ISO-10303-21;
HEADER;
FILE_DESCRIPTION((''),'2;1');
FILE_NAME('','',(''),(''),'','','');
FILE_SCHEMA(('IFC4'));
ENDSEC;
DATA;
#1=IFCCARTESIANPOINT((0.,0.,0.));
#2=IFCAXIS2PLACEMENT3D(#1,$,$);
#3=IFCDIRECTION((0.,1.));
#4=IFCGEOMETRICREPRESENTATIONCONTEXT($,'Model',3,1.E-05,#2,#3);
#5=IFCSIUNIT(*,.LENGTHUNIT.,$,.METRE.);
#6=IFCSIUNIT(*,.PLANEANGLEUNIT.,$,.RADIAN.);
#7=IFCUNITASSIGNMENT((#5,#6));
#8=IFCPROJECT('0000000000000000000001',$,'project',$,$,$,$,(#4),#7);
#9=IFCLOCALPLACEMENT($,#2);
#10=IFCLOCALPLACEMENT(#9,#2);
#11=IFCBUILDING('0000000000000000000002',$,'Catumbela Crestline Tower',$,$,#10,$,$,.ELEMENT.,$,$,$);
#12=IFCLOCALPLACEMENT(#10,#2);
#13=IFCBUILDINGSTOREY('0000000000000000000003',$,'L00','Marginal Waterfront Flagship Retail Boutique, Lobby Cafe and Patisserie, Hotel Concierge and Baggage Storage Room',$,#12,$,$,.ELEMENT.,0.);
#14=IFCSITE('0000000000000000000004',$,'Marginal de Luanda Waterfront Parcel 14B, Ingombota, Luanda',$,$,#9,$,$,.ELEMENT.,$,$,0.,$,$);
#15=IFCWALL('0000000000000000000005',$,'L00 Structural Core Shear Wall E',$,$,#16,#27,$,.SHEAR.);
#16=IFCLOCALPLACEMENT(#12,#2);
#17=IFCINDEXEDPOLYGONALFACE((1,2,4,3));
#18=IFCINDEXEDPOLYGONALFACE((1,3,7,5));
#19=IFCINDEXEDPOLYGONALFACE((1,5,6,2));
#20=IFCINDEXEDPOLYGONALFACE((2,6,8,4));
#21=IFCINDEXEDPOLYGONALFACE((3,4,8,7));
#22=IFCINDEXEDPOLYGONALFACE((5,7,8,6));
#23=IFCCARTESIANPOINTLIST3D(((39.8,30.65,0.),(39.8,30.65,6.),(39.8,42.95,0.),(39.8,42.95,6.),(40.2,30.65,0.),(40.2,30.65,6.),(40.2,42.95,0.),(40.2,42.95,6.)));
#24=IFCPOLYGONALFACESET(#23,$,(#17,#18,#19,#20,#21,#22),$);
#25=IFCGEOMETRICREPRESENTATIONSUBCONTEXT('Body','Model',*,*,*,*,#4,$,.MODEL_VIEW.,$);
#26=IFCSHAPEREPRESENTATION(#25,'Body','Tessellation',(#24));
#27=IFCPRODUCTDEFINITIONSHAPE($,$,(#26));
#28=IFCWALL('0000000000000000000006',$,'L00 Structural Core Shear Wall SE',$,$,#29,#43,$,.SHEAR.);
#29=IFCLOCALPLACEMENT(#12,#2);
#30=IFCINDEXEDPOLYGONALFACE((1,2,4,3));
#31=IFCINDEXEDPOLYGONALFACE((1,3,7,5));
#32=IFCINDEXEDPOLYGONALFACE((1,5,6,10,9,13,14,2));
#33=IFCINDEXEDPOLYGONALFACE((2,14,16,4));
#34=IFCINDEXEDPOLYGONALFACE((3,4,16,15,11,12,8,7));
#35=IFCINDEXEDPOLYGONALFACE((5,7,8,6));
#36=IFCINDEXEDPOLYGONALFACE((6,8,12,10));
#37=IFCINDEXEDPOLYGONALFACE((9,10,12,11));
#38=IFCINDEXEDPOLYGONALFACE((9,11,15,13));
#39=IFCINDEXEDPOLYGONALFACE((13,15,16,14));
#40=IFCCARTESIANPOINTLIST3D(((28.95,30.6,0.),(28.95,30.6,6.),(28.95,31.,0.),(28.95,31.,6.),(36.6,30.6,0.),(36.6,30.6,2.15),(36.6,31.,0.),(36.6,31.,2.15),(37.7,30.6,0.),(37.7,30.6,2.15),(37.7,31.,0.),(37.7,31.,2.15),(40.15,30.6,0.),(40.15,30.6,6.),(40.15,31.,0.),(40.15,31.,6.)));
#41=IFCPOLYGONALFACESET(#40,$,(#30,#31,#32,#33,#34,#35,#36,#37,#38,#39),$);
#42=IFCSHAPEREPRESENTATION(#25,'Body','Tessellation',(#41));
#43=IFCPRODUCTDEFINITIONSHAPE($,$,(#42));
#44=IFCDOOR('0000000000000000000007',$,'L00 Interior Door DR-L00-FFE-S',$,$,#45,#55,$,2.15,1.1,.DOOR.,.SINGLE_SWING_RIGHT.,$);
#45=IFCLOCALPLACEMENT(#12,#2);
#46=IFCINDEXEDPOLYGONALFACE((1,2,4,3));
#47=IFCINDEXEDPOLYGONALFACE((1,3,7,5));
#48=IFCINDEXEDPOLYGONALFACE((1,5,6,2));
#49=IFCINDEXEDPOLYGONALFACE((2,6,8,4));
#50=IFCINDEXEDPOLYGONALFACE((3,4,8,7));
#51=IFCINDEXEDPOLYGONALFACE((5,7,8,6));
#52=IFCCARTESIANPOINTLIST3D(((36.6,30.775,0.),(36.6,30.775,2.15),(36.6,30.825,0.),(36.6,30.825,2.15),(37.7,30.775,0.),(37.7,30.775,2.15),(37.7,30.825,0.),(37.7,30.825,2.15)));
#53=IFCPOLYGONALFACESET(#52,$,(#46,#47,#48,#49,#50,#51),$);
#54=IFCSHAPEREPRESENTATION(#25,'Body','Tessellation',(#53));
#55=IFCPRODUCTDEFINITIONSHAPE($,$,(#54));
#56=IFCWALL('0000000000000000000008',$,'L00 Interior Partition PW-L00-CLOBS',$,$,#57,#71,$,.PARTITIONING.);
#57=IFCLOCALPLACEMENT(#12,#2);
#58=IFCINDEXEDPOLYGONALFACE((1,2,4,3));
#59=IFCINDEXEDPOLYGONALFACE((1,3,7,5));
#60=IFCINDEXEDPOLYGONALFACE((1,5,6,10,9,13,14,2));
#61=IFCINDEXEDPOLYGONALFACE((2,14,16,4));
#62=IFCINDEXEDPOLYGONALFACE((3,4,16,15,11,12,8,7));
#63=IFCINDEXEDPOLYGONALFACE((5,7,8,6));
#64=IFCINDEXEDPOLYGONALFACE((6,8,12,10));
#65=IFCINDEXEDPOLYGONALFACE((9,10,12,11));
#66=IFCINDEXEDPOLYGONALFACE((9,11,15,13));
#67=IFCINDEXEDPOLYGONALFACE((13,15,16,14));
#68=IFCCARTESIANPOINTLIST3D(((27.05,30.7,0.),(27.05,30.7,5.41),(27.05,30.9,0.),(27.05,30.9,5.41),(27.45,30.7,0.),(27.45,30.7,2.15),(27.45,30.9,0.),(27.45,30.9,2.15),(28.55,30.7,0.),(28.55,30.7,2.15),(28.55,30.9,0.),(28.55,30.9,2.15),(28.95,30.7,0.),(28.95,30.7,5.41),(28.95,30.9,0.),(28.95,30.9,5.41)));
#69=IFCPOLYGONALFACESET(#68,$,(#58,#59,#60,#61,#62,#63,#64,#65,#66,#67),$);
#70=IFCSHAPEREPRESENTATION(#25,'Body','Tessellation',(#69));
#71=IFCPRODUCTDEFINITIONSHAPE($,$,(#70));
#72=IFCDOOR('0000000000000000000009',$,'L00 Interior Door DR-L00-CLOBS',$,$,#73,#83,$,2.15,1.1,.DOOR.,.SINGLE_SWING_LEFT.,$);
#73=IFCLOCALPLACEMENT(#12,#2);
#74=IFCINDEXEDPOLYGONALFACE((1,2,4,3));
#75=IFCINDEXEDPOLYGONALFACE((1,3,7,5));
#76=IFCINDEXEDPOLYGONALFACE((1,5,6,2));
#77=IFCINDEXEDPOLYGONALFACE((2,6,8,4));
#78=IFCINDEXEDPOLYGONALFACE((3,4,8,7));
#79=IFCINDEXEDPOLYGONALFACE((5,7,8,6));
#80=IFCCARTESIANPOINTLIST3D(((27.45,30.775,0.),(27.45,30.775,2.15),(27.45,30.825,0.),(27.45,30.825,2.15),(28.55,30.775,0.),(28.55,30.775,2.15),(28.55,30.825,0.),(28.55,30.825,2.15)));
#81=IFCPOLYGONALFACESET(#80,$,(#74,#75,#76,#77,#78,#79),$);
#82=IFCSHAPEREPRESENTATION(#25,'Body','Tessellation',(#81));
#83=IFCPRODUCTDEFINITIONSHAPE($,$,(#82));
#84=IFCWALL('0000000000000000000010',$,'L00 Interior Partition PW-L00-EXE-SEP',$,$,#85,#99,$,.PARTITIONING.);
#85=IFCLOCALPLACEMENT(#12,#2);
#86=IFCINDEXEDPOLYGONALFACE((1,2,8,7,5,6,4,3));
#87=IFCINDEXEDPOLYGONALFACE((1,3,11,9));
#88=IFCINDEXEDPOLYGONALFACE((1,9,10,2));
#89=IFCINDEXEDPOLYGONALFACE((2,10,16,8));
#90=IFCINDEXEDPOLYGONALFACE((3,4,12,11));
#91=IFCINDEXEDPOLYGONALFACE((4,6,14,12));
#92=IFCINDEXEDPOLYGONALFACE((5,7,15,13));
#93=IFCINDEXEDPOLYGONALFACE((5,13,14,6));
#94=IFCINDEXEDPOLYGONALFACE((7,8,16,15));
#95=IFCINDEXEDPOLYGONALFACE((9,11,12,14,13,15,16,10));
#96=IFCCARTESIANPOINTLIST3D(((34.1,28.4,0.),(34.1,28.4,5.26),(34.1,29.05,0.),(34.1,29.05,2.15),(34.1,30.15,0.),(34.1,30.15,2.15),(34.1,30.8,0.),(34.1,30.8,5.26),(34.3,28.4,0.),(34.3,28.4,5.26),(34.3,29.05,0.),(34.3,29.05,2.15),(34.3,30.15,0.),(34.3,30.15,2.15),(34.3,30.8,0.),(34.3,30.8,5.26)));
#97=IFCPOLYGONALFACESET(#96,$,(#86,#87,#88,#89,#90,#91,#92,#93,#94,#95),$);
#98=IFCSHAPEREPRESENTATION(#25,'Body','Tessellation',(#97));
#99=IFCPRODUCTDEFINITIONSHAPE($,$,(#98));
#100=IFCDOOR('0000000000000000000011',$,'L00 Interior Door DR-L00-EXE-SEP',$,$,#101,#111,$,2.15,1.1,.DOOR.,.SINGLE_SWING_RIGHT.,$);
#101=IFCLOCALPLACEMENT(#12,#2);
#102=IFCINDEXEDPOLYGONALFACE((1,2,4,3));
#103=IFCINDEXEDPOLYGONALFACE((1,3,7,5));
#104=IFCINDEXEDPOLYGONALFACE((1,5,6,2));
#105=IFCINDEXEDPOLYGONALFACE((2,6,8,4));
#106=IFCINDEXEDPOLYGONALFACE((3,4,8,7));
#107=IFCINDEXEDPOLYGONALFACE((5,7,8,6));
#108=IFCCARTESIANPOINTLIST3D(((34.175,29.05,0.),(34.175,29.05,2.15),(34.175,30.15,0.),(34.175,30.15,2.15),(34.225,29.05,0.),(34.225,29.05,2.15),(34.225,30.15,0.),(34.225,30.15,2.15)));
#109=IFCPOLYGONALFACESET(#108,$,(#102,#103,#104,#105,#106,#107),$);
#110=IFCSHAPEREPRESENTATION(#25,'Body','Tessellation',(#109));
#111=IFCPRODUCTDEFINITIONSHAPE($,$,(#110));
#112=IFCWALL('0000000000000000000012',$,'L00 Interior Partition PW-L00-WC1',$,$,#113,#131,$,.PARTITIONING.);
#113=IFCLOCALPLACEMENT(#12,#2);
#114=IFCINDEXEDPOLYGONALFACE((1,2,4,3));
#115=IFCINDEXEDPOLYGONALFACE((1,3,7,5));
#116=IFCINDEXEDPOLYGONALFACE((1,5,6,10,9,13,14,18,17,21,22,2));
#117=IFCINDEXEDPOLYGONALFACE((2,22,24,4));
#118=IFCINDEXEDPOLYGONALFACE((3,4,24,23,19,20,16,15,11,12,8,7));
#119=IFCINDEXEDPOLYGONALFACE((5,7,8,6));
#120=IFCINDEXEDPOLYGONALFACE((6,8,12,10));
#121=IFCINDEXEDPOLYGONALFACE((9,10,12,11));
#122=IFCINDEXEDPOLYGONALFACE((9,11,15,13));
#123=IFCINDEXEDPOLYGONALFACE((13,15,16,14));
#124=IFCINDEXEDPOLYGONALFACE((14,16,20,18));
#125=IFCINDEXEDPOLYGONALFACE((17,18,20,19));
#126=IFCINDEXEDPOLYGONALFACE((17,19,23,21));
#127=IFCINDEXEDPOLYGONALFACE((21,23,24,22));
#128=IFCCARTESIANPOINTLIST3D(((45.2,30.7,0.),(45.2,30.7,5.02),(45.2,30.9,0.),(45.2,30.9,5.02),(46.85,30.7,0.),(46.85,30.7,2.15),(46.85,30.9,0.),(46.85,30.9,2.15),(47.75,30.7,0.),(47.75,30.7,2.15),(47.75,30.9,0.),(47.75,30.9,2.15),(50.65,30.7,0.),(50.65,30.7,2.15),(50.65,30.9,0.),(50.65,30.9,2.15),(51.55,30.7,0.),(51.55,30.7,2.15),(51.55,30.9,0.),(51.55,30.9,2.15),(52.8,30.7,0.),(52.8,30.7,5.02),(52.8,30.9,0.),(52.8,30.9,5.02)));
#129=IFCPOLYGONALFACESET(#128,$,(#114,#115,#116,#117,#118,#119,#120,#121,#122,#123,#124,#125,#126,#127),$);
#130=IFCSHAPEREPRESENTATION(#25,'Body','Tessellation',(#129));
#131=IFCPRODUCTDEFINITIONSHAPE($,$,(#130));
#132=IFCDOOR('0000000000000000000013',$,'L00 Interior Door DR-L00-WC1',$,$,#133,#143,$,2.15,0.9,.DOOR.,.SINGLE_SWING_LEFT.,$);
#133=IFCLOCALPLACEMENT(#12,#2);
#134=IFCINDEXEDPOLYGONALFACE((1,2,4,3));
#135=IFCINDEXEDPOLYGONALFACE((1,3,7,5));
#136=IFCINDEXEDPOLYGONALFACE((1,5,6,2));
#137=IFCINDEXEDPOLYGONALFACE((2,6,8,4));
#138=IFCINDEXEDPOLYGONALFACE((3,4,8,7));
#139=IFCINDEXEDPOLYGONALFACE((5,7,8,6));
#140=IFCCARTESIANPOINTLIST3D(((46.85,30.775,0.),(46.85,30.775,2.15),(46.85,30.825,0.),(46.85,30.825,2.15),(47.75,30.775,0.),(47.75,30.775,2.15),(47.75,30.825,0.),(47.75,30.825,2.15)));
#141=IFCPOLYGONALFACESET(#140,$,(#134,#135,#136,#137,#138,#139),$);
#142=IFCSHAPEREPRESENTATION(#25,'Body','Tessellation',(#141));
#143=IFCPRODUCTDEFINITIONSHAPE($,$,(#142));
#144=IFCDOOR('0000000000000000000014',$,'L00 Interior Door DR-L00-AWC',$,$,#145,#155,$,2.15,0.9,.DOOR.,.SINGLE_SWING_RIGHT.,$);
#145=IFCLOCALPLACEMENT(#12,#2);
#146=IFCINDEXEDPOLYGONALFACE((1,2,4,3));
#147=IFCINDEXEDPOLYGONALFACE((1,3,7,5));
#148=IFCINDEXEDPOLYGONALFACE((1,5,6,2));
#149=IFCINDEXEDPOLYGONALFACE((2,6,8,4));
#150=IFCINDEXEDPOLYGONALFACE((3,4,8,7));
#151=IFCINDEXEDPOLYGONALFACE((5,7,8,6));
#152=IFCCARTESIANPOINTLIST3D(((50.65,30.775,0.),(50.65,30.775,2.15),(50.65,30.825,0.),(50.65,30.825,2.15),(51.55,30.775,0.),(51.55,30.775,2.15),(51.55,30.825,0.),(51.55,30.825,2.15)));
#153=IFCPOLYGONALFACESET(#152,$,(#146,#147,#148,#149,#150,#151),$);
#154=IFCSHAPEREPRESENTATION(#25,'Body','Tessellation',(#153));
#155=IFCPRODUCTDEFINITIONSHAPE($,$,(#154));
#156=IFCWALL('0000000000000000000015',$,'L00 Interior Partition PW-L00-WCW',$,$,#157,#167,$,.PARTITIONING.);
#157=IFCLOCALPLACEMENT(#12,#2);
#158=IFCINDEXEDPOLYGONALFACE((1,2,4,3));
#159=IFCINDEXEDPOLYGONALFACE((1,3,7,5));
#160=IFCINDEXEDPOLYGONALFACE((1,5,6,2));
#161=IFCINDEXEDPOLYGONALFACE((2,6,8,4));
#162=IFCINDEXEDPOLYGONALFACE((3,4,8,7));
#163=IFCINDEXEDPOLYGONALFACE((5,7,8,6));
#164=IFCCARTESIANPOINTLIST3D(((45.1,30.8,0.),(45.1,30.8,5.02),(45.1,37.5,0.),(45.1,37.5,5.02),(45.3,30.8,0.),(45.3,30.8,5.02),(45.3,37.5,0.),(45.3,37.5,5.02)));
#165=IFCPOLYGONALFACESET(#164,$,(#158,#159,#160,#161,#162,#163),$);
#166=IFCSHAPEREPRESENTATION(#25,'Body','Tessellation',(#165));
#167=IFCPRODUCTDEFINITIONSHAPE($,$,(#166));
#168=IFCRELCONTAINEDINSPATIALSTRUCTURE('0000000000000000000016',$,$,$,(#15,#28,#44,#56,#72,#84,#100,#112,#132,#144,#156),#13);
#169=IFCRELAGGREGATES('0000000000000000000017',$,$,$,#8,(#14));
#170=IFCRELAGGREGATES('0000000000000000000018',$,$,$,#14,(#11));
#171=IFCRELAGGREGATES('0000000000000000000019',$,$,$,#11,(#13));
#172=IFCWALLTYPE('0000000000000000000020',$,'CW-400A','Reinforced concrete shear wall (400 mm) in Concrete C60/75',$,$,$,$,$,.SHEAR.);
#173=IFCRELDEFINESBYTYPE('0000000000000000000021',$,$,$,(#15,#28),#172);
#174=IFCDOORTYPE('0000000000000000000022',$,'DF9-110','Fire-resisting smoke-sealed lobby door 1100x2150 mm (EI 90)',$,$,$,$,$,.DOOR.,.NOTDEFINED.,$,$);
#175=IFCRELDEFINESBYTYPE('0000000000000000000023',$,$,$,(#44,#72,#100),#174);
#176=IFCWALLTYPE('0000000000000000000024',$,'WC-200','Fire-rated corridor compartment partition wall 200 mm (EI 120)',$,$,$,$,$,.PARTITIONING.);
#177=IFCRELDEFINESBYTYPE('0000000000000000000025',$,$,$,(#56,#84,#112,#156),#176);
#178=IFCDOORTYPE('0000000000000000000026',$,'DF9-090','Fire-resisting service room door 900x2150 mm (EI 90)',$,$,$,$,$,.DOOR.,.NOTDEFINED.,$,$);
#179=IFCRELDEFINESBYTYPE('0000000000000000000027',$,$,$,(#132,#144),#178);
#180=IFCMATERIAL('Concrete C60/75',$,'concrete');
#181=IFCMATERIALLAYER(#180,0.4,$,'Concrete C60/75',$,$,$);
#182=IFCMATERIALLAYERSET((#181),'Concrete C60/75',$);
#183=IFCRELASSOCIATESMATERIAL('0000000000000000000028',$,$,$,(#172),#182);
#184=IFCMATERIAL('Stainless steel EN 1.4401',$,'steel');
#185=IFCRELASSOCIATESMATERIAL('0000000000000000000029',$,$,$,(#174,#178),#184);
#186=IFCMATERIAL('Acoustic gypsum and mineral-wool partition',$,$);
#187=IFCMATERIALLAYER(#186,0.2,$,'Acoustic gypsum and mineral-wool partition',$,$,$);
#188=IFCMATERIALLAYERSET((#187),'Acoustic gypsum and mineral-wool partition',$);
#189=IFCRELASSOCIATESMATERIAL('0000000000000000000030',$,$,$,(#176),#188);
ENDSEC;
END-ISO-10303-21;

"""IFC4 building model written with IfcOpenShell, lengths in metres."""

from ifc_helpers import new_model, si_unit, direction, frame, frame_2d, origin, place, context, subcontext, project, spatial, rectangle, extrude, material, layer, layer_set, type_object, element, fill, save


model = new_model("IFC4")

# Units and contexts
model_context = context("Model", 3, precision=1e-05, world=origin(), true_north=direction((0.0, 1.0)))
body_context = subcontext(model_context, "Body", "Model", "MODEL_VIEW")
ifc_project = project(units=[si_unit("LENGTHUNIT", "METRE"), si_unit("PLANEANGLEUNIT", "RADIAN")], contexts=[model_context])

# Site, building, storey
site_placement = place(None, origin())
site = spatial("IfcSite", under=ifc_project, at=site_placement, Name="Marginal de Luanda Waterfront Parcel 14B, Ingombota, Luanda", CompositionType="ELEMENT", RefElevation=0.0)
building_placement = place(site_placement, origin())
building = spatial("IfcBuilding", under=site, at=building_placement, Name="Catumbela Crestline Tower", CompositionType="ELEMENT")
storey_placement = place(building_placement, origin())
storey = spatial("IfcBuildingStorey", under=building, at=storey_placement, Name="L00", Description="Marginal Waterfront Flagship Retail Boutique, Lobby Cafe and Patisserie, Hotel Concierge and Baggage Storage Room", CompositionType="ELEMENT", Elevation=0.0)

# Shared definitions
ifc_material_1 = material(Name="Concrete C60/75", Category="concrete")

# Wall
ifc_layer_1 = layer(ifc_material_1, 0.4, Name="Concrete C60/75")
ifc_layer_set_1 = layer_set([ifc_layer_1], Name="Concrete C60/75")
wall_type_1 = type_object("IfcWallType", Name="CW-400A", Description="Reinforced concrete shear wall (400 mm) in Concrete C60/75", PredefinedType="SHEAR", material=ifc_layer_set_1)
wall_1_placement = place(storey_placement, frame((40.0, 30.65, 0.0), z_axis=(0.0, 0.0, 1.0), x_axis=(0.0, 1.0, 0.0)))
element("IfcWall", 1, at=wall_1_placement, inside=storey, type_object=wall_type_1, Name="L00 Structural Core Shear Wall E", PredefinedType="SHEAR", context=body_context, shape_type="SweptSolid", body=[
    extrude(rectangle(XDim=12.3, YDim=0.4, at=frame_2d((6.15, 0.0))), origin(), (0.0, 0.0, 1.0), 6.0),
])

# Walls, openings, doors
wall_2_placement = place(storey_placement, frame((28.95, 30.8, 0.0), z_axis=(0.0, 0.0, 1.0), x_axis=(1.0, 0.0, 0.0)))
wall_2 = element("IfcWall", 2, at=wall_2_placement, inside=storey, type_object=wall_type_1, Name="L00 Structural Core Shear Wall SE", PredefinedType="SHEAR", context=body_context, shape_type="SweptSolid", body=[
    extrude(rectangle(XDim=11.2, YDim=0.4, at=frame_2d((5.6, 0.0))), origin(), (0.0, 0.0, 1.0), 6.0),
])
opening_1_placement = place(wall_2_placement, frame((7.65, 0.0, 0.0)))
opening_1 = element("IfcOpeningElement", 3, at=opening_1_placement, cuts=wall_2, PredefinedType="OPENING", context=body_context, shape_type="SweptSolid", body=[
    extrude(rectangle(XDim=1.1, YDim=2.15, at=frame_2d((0.55, 1.075))), frame((0.0, 0.21, 0.0), z_axis=(0.0, -1.0, 0.0), x_axis=(1.0, 0.0, 0.0)), (0.0, 0.0, 1.0), 0.42),
])
ifc_material_2 = material(Name="Stainless steel EN 1.4401", Category="steel")
door_type_1 = type_object("IfcDoorType", Name="DF9-110", Description="Fire-resisting smoke-sealed lobby door 1100x2150 mm (EI 90)", OperationType="NOTDEFINED", PredefinedType="DOOR", material=ifc_material_2)
door_1_placement = place(opening_1_placement, origin())
door_1 = element("IfcDoor", 4, at=door_1_placement, inside=storey, type_object=door_type_1, Name="L00 Interior Door DR-L00-FFE-S", OperationType="SINGLE_SWING_RIGHT", OverallHeight=2.15, OverallWidth=1.1, PredefinedType="DOOR", context=body_context, shape_type="SweptSolid", body=[
    extrude(rectangle(XDim=1.1, YDim=2.15, at=frame_2d((0.55, 1.075))), frame((0.0, 0.025, 0.0), z_axis=(0.0, -1.0, 0.0), x_axis=(1.0, 0.0, 0.0)), (0.0, 0.0, 1.0), 0.05),
])
fill(opening_1, door_1)
ifc_material_3 = material(Name="Acoustic gypsum and mineral-wool partition")
ifc_layer_2 = layer(ifc_material_3, 0.2, Name="Acoustic gypsum and mineral-wool partition")
ifc_layer_set_2 = layer_set([ifc_layer_2], Name="Acoustic gypsum and mineral-wool partition")
wall_type_2 = type_object("IfcWallType", Name="WC-200", Description="Fire-rated corridor compartment partition wall 200 mm (EI 120)", PredefinedType="PARTITIONING", material=ifc_layer_set_2)
wall_3_placement = place(storey_placement, frame((27.05, 30.8, 0.0), z_axis=(0.0, 0.0, 1.0), x_axis=(1.0, 0.0, 0.0)))
wall_3 = element("IfcWall", 5, at=wall_3_placement, inside=storey, type_object=wall_type_2, Name="L00 Interior Partition PW-L00-CLOBS", PredefinedType="PARTITIONING", context=body_context, shape_type="SweptSolid", body=[
    extrude(rectangle(XDim=1.9, YDim=0.2, at=frame_2d((0.95, 0.0))), origin(), (0.0, 0.0, 1.0), 5.41),
])
opening_2_placement = place(wall_3_placement, frame((0.4, 0.0, 0.0)))
opening_2 = element("IfcOpeningElement", 6, at=opening_2_placement, cuts=wall_3, PredefinedType="OPENING", context=body_context, shape_type="SweptSolid", body=[
    extrude(rectangle(XDim=1.1, YDim=2.15, at=frame_2d((0.55, 1.075))), frame((0.0, 0.11, 0.0), z_axis=(0.0, -1.0, 0.0), x_axis=(1.0, 0.0, 0.0)), (0.0, 0.0, 1.0), 0.22),
])
door_2_placement = place(opening_2_placement, origin())
door_2 = element("IfcDoor", 7, at=door_2_placement, inside=storey, type_object=door_type_1, Name="L00 Interior Door DR-L00-CLOBS", OperationType="SINGLE_SWING_LEFT", OverallHeight=2.15, OverallWidth=1.1, PredefinedType="DOOR", context=body_context, shape_type="SweptSolid", body=[
    extrude(rectangle(XDim=1.1, YDim=2.15, at=frame_2d((0.55, 1.075))), frame((0.0, 0.025, 0.0), z_axis=(0.0, -1.0, 0.0), x_axis=(1.0, 0.0, 0.0)), (0.0, 0.0, 1.0), 0.05),
])
fill(opening_2, door_2)
wall_4_placement = place(storey_placement, frame((34.2, 28.4, 0.0), z_axis=(0.0, 0.0, 1.0), x_axis=(0.0, 1.0, 0.0)))
wall_4 = element("IfcWall", 8, at=wall_4_placement, inside=storey, type_object=wall_type_2, Name="L00 Interior Partition PW-L00-EXE-SEP", PredefinedType="PARTITIONING", context=body_context, shape_type="SweptSolid", body=[
    extrude(rectangle(XDim=2.4, YDim=0.2, at=frame_2d((1.2, 0.0))), origin(), (0.0, 0.0, 1.0), 5.26),
])
opening_3_placement = place(wall_4_placement, frame((0.65, 0.0, 0.0)))
opening_3 = element("IfcOpeningElement", 9, at=opening_3_placement, cuts=wall_4, PredefinedType="OPENING", context=body_context, shape_type="SweptSolid", body=[
    extrude(rectangle(XDim=1.1, YDim=2.15, at=frame_2d((0.55, 1.075))), frame((0.0, 0.11, 0.0), z_axis=(0.0, -1.0, 0.0), x_axis=(1.0, 0.0, 0.0)), (0.0, 0.0, 1.0), 0.22),
])
door_3_placement = place(opening_3_placement, origin())
door_3 = element("IfcDoor", 10, at=door_3_placement, inside=storey, type_object=door_type_1, Name="L00 Interior Door DR-L00-EXE-SEP", OperationType="SINGLE_SWING_RIGHT", OverallHeight=2.15, OverallWidth=1.1, PredefinedType="DOOR", context=body_context, shape_type="SweptSolid", body=[
    extrude(rectangle(XDim=1.1, YDim=2.15, at=frame_2d((0.55, 1.075))), frame((0.0, 0.025, 0.0), z_axis=(0.0, -1.0, 0.0), x_axis=(1.0, 0.0, 0.0)), (0.0, 0.0, 1.0), 0.05),
])
fill(opening_3, door_3)

# Wall, openings, doors
wall_5_placement = place(storey_placement, frame((45.2, 30.8, 0.0), z_axis=(0.0, 0.0, 1.0), x_axis=(1.0, 0.0, 0.0)))
wall_5 = element("IfcWall", 11, at=wall_5_placement, inside=storey, type_object=wall_type_2, Name="L00 Interior Partition PW-L00-WC1", PredefinedType="PARTITIONING", context=body_context, shape_type="SweptSolid", body=[
    extrude(rectangle(XDim=7.6, YDim=0.2, at=frame_2d((3.8, 0.0))), origin(), (0.0, 0.0, 1.0), 5.02),
])
opening_4_placement = place(wall_5_placement, frame((1.65, 0.0, 0.0)))
opening_4 = element("IfcOpeningElement", 12, at=opening_4_placement, cuts=wall_5, PredefinedType="OPENING", context=body_context, shape_type="SweptSolid", body=[
    extrude(rectangle(XDim=0.9, YDim=2.15, at=frame_2d((0.45, 1.075))), frame((0.0, 0.11, 0.0), z_axis=(0.0, -1.0, 0.0), x_axis=(1.0, 0.0, 0.0)), (0.0, 0.0, 1.0), 0.22),
])
opening_5_placement = place(wall_5_placement, frame((5.45, 0.0, 0.0)))
opening_5 = element("IfcOpeningElement", 13, at=opening_5_placement, cuts=wall_5, PredefinedType="OPENING", context=body_context, shape_type="SweptSolid", body=[
    extrude(rectangle(XDim=0.9, YDim=2.15, at=frame_2d((0.45, 1.075))), frame((0.0, 0.11, 0.0), z_axis=(0.0, -1.0, 0.0), x_axis=(1.0, 0.0, 0.0)), (0.0, 0.0, 1.0), 0.22),
])
door_type_2 = type_object("IfcDoorType", Name="DF9-090", Description="Fire-resisting service room door 900x2150 mm (EI 90)", OperationType="NOTDEFINED", PredefinedType="DOOR", material=ifc_material_2)
door_4_placement = place(opening_4_placement, origin())
door_4 = element("IfcDoor", 14, at=door_4_placement, inside=storey, type_object=door_type_2, Name="L00 Interior Door DR-L00-WC1", OperationType="SINGLE_SWING_LEFT", OverallHeight=2.15, OverallWidth=0.9, PredefinedType="DOOR", context=body_context, shape_type="SweptSolid", body=[
    extrude(rectangle(XDim=0.9, YDim=2.15, at=frame_2d((0.45, 1.075))), frame((0.0, 0.025, 0.0), z_axis=(0.0, -1.0, 0.0), x_axis=(1.0, 0.0, 0.0)), (0.0, 0.0, 1.0), 0.05),
])
fill(opening_4, door_4)
door_5_placement = place(opening_5_placement, origin())
door_5 = element("IfcDoor", 15, at=door_5_placement, inside=storey, type_object=door_type_2, Name="L00 Interior Door DR-L00-AWC", OperationType="SINGLE_SWING_RIGHT", OverallHeight=2.15, OverallWidth=0.9, PredefinedType="DOOR", context=body_context, shape_type="SweptSolid", body=[
    extrude(rectangle(XDim=0.9, YDim=2.15, at=frame_2d((0.45, 1.075))), frame((0.0, 0.025, 0.0), z_axis=(0.0, -1.0, 0.0), x_axis=(1.0, 0.0, 0.0)), (0.0, 0.0, 1.0), 0.05),
])
fill(opening_5, door_5)

# Wall
wall_6_placement = place(storey_placement, frame((45.2, 30.8, 0.0), z_axis=(0.0, 0.0, 1.0), x_axis=(0.0, 1.0, 0.0)))
element("IfcWall", 16, at=wall_6_placement, inside=storey, type_object=wall_type_2, Name="L00 Interior Partition PW-L00-WCW", PredefinedType="PARTITIONING", context=body_context, shape_type="SweptSolid", body=[
    extrude(rectangle(XDim=6.7, YDim=0.2, at=frame_2d((3.35, 0.0))), origin(), (0.0, 0.0, 1.0), 5.02),
])

save(model, "model.ifc")
